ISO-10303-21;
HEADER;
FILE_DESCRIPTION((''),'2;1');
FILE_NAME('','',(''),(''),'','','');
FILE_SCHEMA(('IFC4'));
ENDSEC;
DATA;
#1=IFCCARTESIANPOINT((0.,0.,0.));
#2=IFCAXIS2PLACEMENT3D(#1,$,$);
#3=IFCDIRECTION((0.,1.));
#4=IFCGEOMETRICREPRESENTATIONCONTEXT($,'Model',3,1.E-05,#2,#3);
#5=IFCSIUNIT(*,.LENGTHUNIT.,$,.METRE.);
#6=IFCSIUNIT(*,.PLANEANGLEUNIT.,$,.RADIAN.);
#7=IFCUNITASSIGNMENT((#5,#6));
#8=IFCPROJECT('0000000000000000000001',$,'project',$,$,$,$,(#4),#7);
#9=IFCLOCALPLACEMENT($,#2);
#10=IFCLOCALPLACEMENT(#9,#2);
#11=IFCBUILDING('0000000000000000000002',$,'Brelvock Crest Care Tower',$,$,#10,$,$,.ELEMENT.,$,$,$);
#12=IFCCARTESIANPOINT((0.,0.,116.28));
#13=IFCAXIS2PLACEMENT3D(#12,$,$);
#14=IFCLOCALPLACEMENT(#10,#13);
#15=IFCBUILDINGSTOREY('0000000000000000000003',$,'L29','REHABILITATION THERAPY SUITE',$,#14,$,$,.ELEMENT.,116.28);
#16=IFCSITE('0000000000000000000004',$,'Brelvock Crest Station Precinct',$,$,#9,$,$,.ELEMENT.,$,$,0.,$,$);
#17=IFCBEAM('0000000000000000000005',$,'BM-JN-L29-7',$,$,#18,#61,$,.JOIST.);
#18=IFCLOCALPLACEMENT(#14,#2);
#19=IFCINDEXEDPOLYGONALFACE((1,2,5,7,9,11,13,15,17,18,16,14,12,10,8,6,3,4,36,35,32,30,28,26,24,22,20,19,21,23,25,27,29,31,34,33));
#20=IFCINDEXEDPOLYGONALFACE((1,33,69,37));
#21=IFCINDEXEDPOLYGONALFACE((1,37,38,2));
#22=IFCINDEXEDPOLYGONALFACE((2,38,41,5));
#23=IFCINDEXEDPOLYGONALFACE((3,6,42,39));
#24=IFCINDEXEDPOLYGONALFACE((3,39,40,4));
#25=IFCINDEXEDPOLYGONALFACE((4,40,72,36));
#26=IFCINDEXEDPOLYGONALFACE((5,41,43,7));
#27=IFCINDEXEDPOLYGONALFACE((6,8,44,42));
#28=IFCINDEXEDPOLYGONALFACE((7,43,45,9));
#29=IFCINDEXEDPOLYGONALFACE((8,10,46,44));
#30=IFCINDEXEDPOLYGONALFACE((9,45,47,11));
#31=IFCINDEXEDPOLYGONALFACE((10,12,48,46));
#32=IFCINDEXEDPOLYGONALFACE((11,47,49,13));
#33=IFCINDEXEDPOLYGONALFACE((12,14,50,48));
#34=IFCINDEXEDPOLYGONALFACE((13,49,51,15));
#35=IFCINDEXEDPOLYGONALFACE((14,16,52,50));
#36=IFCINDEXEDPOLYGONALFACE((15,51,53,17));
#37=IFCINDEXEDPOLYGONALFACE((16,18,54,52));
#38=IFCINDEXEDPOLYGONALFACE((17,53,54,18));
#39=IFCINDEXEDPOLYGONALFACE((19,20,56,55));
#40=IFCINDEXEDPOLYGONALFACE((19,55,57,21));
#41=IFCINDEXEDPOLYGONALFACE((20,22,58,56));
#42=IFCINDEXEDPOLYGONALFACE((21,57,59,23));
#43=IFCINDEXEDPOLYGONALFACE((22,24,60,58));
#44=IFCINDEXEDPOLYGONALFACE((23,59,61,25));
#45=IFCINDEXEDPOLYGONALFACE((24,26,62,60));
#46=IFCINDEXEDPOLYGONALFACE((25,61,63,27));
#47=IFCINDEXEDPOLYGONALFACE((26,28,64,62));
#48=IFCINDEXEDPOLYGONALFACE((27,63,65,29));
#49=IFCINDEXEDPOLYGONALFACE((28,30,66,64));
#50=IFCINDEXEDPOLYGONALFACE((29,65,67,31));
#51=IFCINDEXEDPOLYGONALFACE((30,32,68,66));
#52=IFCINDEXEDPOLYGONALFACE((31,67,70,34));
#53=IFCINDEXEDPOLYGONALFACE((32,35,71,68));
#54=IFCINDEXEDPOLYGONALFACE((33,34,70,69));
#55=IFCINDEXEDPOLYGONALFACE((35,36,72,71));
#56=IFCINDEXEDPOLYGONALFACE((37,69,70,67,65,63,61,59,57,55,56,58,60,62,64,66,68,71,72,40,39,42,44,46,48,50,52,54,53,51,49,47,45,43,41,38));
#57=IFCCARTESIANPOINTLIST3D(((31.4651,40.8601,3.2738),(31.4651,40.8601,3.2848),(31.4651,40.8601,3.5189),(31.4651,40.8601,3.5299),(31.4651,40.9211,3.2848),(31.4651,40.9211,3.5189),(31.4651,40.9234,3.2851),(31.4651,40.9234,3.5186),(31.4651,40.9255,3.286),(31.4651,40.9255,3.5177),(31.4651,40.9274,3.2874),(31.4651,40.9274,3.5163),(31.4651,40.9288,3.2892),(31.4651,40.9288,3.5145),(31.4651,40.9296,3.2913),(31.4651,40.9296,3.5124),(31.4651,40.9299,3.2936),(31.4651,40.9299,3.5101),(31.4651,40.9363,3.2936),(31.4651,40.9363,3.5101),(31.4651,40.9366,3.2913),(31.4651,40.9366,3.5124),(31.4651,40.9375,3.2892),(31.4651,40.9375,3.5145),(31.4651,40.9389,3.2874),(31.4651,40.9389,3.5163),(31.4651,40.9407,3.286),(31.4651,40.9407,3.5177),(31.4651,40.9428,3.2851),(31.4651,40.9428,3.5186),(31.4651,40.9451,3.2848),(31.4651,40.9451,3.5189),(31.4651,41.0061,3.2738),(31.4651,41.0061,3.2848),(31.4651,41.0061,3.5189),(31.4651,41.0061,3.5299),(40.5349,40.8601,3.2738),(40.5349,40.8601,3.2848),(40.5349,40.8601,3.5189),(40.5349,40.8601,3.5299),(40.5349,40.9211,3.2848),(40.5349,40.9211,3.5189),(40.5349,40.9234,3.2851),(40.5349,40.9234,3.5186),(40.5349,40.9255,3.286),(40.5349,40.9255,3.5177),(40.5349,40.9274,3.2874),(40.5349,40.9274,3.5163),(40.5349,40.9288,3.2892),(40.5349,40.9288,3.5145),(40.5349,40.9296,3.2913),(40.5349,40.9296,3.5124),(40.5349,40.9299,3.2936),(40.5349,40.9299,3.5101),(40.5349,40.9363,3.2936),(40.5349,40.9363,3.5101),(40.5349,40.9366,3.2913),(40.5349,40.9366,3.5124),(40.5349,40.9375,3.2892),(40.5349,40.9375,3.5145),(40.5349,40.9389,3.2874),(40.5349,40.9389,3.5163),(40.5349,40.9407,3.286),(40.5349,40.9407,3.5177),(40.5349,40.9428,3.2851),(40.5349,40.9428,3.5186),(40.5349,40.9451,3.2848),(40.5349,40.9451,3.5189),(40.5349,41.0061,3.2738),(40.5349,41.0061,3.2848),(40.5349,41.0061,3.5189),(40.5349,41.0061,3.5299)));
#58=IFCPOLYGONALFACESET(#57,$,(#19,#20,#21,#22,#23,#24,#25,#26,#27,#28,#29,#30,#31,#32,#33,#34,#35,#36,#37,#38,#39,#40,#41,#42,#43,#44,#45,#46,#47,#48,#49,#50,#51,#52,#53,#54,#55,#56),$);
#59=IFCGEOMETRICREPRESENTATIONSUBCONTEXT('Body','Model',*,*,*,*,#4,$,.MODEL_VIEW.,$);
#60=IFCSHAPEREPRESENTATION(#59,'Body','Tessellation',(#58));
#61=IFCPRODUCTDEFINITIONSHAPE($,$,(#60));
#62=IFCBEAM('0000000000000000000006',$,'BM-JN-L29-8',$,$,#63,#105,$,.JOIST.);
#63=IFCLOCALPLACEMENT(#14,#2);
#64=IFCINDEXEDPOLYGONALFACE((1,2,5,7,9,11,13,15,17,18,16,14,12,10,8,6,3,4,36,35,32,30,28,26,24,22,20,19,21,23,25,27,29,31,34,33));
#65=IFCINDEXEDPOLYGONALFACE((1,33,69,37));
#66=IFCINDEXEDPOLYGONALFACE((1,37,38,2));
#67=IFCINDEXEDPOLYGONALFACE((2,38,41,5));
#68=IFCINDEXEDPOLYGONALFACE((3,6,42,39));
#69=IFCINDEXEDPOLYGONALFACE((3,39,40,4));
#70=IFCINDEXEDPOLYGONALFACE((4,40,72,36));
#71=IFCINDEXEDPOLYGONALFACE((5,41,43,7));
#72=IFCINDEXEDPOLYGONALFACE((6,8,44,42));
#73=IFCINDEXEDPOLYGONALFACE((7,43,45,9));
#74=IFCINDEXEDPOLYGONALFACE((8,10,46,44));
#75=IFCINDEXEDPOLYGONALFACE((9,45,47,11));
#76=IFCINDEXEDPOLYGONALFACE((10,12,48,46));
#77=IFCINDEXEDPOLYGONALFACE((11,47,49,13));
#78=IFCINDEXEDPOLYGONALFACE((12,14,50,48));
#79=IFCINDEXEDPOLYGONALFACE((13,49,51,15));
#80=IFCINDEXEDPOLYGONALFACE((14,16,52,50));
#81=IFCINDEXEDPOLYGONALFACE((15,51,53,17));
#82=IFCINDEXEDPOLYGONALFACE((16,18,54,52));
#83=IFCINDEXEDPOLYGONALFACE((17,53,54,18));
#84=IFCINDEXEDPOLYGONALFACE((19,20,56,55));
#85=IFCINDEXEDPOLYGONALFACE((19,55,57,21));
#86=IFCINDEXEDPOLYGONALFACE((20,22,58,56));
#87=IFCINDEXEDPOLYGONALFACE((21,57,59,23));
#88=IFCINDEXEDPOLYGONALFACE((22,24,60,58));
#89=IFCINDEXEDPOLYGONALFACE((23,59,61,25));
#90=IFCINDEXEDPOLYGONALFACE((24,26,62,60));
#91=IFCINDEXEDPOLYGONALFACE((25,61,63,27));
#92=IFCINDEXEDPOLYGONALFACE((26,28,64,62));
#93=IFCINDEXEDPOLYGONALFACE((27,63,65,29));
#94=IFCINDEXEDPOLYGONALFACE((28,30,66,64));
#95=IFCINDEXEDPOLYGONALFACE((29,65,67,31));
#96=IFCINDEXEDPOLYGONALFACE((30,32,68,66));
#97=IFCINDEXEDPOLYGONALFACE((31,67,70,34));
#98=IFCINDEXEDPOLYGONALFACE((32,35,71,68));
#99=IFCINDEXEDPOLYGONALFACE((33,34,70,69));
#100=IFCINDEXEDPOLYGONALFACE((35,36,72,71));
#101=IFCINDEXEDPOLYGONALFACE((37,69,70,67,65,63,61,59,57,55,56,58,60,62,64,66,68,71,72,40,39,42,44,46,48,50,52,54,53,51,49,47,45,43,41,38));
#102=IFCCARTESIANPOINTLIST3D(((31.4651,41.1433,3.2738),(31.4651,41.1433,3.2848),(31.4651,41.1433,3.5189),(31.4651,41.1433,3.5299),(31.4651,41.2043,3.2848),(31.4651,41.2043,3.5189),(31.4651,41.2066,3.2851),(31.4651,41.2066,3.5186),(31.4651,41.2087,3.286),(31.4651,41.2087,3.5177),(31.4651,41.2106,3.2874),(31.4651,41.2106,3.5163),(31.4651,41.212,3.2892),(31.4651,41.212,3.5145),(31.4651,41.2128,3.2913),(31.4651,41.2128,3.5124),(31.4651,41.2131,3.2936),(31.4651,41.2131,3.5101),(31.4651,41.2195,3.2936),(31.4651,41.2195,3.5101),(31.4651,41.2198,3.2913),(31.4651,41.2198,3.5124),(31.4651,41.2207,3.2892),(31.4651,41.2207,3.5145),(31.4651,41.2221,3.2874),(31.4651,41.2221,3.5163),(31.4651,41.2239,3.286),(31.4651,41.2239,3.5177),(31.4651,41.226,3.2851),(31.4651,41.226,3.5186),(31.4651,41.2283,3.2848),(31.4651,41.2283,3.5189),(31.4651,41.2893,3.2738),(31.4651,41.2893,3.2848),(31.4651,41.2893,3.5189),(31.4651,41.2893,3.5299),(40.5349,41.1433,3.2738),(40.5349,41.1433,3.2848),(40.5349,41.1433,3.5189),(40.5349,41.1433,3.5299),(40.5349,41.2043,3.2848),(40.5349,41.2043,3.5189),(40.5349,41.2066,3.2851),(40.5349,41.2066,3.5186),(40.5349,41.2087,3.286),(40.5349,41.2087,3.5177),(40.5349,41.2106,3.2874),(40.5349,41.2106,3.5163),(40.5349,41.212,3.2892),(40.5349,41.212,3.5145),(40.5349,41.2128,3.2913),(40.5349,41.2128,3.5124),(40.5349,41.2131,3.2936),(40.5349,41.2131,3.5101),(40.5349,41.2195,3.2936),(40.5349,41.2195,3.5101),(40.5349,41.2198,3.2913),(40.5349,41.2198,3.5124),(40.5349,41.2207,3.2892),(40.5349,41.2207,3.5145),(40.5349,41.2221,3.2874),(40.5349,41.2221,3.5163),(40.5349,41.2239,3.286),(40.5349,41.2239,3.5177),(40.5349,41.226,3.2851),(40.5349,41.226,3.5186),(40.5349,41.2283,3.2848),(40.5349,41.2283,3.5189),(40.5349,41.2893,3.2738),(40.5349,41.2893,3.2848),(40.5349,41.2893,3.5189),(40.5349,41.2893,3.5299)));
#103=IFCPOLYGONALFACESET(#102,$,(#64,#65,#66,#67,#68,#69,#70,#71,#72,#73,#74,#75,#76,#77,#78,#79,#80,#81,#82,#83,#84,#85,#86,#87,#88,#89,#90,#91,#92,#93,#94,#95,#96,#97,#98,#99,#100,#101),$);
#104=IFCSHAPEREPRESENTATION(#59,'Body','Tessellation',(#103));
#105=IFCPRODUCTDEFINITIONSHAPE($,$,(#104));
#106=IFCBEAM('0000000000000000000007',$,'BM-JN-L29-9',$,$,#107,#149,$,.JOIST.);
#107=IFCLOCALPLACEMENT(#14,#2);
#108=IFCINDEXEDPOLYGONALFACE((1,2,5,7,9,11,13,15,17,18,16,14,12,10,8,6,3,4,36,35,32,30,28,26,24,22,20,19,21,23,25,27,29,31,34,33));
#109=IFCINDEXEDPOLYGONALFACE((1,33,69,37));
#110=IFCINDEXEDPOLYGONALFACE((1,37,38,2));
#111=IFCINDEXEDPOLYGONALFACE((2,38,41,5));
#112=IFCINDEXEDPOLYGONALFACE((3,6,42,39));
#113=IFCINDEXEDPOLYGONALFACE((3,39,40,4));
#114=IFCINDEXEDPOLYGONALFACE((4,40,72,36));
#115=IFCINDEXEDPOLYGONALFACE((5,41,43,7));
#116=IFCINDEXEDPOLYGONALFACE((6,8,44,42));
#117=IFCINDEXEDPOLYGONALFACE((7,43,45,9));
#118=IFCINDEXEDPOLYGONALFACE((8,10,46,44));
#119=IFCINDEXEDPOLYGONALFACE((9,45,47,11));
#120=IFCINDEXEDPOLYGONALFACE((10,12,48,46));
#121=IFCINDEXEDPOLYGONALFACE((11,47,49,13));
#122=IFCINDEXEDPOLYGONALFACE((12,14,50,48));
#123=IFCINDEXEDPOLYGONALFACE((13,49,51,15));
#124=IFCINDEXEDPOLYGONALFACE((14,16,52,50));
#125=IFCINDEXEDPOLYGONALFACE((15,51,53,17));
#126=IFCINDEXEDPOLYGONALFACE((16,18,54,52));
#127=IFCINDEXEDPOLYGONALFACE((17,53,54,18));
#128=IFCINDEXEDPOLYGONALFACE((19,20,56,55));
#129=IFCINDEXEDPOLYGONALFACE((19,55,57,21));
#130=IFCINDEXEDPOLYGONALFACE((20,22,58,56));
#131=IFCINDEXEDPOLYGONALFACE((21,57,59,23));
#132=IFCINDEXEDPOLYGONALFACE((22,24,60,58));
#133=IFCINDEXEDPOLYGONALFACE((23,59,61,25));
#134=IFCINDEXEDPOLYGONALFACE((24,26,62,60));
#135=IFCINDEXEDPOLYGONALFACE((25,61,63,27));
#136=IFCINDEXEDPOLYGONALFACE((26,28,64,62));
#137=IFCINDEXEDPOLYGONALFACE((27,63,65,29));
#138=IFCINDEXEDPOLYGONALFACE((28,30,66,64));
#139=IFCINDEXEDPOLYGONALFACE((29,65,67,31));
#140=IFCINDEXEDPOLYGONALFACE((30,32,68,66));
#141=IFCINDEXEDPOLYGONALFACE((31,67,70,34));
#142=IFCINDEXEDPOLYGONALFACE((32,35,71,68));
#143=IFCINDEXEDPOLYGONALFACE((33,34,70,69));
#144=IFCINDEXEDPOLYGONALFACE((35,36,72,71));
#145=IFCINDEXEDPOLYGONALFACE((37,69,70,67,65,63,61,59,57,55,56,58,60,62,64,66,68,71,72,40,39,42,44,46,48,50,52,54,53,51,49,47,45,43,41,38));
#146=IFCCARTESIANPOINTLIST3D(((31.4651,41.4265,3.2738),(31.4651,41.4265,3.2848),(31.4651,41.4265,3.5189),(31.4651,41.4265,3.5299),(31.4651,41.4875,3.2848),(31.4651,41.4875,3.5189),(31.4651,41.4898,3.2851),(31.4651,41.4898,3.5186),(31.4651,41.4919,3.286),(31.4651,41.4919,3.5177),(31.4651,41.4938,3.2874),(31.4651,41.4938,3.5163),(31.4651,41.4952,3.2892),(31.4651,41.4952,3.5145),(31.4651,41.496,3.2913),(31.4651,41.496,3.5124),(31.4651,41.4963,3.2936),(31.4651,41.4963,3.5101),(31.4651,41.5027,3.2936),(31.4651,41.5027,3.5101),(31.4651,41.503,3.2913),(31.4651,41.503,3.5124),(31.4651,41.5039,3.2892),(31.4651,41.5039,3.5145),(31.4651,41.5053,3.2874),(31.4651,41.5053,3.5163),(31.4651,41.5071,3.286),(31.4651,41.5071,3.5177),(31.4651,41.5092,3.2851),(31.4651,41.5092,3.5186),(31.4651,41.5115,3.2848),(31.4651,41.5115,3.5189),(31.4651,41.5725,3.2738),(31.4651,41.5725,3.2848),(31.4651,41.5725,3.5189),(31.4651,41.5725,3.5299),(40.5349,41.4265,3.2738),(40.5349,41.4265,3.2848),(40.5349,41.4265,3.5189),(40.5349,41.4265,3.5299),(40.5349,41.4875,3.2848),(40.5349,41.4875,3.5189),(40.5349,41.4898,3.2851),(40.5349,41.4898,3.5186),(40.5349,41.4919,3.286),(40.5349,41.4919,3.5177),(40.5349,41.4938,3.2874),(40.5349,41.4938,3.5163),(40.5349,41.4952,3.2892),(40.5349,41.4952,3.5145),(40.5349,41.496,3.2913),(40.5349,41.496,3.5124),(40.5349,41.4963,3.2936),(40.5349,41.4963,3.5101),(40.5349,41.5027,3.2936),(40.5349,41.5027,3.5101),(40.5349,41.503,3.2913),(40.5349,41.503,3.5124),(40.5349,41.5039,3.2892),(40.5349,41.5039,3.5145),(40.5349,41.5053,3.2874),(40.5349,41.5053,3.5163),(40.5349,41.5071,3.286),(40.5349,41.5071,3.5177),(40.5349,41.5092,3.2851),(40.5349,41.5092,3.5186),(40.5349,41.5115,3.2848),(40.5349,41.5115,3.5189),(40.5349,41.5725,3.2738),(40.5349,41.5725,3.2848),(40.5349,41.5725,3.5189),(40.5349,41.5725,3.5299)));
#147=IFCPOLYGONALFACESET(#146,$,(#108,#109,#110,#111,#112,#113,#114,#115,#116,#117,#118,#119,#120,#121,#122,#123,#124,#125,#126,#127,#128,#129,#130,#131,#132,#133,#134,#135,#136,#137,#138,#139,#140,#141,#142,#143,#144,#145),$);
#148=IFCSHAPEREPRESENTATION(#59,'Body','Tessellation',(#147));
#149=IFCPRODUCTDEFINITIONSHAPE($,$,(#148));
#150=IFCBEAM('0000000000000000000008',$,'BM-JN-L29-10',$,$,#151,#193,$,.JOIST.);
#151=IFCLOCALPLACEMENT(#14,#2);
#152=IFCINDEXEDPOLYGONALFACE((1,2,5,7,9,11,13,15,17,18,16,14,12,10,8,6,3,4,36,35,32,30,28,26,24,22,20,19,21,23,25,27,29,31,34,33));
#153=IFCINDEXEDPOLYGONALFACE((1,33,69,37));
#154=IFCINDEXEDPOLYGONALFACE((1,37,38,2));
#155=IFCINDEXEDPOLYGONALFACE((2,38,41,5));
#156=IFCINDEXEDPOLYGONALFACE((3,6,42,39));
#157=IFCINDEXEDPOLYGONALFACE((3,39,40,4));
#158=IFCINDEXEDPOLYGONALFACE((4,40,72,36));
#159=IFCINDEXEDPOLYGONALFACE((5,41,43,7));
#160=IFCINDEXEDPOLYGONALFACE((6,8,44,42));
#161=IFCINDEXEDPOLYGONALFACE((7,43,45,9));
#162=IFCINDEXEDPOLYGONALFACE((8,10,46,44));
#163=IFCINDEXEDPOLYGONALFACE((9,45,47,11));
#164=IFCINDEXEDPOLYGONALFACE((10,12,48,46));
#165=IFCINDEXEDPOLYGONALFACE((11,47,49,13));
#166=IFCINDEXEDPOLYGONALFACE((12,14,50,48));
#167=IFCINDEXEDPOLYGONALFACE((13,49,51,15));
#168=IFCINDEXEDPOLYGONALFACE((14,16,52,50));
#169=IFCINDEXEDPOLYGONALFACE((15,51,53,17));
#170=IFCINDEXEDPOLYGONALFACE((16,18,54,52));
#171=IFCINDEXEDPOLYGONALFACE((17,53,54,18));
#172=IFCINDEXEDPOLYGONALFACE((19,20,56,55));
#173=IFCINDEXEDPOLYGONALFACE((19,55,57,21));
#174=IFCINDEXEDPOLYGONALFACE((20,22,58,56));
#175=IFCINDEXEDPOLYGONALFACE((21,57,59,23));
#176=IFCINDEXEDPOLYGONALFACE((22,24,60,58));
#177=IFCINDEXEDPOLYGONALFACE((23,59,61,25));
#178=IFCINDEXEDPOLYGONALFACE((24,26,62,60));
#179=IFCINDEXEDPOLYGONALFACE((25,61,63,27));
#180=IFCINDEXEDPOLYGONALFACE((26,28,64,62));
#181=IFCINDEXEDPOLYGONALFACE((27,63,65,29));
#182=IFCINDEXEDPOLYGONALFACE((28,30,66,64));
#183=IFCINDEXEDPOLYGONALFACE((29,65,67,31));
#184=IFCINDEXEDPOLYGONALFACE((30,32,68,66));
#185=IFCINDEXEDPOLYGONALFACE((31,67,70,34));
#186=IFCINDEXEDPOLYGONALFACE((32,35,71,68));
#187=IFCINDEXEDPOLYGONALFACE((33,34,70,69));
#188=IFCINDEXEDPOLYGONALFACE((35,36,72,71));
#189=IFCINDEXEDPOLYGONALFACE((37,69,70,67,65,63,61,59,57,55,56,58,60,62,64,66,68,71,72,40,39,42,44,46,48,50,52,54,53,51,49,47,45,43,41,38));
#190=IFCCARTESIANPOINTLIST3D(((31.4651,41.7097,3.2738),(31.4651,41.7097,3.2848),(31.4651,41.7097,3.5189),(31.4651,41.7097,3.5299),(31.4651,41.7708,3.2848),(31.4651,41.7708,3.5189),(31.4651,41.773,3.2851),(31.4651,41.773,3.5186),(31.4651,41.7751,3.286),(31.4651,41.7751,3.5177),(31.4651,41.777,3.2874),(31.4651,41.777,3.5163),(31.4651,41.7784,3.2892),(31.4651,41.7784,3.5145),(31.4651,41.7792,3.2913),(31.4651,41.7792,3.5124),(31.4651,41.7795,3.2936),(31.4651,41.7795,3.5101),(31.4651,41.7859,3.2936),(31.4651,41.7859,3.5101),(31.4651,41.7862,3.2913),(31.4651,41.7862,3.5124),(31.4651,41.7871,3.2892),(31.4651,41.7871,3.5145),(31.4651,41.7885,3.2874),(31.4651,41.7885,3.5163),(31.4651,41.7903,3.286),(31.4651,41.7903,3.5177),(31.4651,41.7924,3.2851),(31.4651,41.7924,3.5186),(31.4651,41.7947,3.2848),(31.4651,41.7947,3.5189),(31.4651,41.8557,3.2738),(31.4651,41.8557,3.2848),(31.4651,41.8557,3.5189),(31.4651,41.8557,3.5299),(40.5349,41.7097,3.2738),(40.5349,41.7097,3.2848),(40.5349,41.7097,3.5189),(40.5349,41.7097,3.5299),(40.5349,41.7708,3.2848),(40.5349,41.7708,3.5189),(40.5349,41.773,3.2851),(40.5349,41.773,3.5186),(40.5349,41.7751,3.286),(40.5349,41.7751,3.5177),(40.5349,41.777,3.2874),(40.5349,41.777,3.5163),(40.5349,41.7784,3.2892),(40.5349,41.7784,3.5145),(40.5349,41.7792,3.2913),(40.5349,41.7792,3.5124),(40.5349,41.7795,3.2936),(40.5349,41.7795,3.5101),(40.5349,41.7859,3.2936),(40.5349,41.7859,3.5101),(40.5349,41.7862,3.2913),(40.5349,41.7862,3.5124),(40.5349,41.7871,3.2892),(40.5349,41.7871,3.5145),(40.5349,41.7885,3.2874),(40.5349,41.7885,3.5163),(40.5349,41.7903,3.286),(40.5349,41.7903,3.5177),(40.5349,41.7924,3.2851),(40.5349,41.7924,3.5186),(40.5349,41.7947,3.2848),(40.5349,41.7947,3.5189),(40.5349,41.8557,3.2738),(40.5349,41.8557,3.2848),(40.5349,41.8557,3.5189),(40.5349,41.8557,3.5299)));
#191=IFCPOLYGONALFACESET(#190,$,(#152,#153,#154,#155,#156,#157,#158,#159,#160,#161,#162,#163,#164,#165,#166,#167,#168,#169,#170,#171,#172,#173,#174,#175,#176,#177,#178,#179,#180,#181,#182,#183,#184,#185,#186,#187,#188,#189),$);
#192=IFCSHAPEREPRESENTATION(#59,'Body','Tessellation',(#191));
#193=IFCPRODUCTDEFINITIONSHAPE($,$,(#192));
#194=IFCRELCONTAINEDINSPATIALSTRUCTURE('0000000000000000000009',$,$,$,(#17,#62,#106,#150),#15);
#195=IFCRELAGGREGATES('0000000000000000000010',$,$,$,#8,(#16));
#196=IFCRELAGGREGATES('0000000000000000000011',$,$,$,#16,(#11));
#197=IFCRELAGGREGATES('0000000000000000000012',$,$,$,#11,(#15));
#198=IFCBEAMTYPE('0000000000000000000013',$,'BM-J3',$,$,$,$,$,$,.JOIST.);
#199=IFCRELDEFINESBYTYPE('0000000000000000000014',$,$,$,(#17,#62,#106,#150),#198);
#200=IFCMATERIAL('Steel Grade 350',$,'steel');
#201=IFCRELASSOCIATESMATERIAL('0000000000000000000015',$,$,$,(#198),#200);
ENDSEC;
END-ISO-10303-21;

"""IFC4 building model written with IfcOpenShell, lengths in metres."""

from ifc_helpers import new_model, si_unit, direction, frame, origin, origin_2d, place, context, subcontext, project, spatial, i_section, extrude, source, transform, mapped, material, material_profile, profile_set, type_object, element, save


model = new_model("IFC4")

# Units and contexts
model_context = context("Model", 3, precision=1e-05, world=origin(), true_north=direction((0.0, 1.0)))
body_context = subcontext(model_context, "Body", "Model", "MODEL_VIEW")
ifc_project = project(units=[si_unit("LENGTHUNIT", "METRE"), si_unit("PLANEANGLEUNIT", "RADIAN")], contexts=[model_context])

# Site, building, storey
site_placement = place(None, origin())
site = spatial("IfcSite", under=ifc_project, at=site_placement, Name="Brelvock Crest Station Precinct", CompositionType="ELEMENT", RefElevation=0.0)
building_placement = place(site_placement, origin())
building = spatial("IfcBuilding", under=site, at=building_placement, Name="Brelvock Crest Care Tower", CompositionType="ELEMENT")
storey_placement = place(building_placement, frame((0.0, 0.0, 116.28)))
storey = spatial("IfcBuildingStorey", under=building, at=storey_placement, Name="L29", Description="REHABILITATION THERAPY SUITE", CompositionType="ELEMENT", Elevation=116.28)

# Shared definitions
ifc_material_1 = material(Name="Steel Grade 350", Category="steel")

# Beams
ifc_material_profile_1 = material_profile(ifc_material_1, i_section(OverallWidth=0.146, OverallDepth=0.2561, WebThickness=0.0063, FlangeThickness=0.011, FilletRadius=0.0088, at=origin_2d()), Name="250UB37.3")
ifc_profile_set_1 = profile_set([ifc_material_profile_1], Name="Steel Grade 350")
beam_type_1 = type_object("IfcBeamType", Name="BM-J3", PredefinedType="JOIST", material=ifc_profile_set_1)
shared_shape_1 = source(origin(), body_context, "Body", "SweptSolid", [
    extrude(i_section(OverallWidth=0.146, OverallDepth=0.2561, WebThickness=0.0063, FlangeThickness=0.011, FilletRadius=0.0088, at=origin_2d()), origin(), (0.0, 0.0, 1.0), 9.0698),
])
for number, where, z_axis, x_axis, name in (
    (1, (31.4651, 40.9331, 3.4019), (1.0, 0.0, 0.0), (0.0, 1.0, 0.0), "BM-JN-L29-7"),
    (2, (31.4651, 41.2163, 3.4019), (1.0, 0.0, 0.0), (0.0, 1.0, 0.0), "BM-JN-L29-8"),
    (3, (31.4651, 41.4995, 3.4019), (1.0, 0.0, 0.0), (0.0, 1.0, 0.0), "BM-JN-L29-9"),
    (4, (31.4651, 41.7827, 3.4019), (1.0, 0.0, 0.0), (0.0, 1.0, 0.0), "BM-JN-L29-10"),
):
    element("IfcBeam", number, at=place(storey_placement, frame(where, z_axis=z_axis, x_axis=x_axis)), inside=storey, type_object=beam_type_1, Name=name, PredefinedType="JOIST", context=body_context, shape_type="MappedRepresentation", body=[
        mapped(shared_shape_1, transform((0.0, 0.0, 0.0), x_axis=(1.0, 0.0, 0.0), y_axis=(0.0, 1.0, 0.0), z_axis=(0.0, 0.0, 1.0), scale=1.0)),
    ])

save(model, "model.ifc")
